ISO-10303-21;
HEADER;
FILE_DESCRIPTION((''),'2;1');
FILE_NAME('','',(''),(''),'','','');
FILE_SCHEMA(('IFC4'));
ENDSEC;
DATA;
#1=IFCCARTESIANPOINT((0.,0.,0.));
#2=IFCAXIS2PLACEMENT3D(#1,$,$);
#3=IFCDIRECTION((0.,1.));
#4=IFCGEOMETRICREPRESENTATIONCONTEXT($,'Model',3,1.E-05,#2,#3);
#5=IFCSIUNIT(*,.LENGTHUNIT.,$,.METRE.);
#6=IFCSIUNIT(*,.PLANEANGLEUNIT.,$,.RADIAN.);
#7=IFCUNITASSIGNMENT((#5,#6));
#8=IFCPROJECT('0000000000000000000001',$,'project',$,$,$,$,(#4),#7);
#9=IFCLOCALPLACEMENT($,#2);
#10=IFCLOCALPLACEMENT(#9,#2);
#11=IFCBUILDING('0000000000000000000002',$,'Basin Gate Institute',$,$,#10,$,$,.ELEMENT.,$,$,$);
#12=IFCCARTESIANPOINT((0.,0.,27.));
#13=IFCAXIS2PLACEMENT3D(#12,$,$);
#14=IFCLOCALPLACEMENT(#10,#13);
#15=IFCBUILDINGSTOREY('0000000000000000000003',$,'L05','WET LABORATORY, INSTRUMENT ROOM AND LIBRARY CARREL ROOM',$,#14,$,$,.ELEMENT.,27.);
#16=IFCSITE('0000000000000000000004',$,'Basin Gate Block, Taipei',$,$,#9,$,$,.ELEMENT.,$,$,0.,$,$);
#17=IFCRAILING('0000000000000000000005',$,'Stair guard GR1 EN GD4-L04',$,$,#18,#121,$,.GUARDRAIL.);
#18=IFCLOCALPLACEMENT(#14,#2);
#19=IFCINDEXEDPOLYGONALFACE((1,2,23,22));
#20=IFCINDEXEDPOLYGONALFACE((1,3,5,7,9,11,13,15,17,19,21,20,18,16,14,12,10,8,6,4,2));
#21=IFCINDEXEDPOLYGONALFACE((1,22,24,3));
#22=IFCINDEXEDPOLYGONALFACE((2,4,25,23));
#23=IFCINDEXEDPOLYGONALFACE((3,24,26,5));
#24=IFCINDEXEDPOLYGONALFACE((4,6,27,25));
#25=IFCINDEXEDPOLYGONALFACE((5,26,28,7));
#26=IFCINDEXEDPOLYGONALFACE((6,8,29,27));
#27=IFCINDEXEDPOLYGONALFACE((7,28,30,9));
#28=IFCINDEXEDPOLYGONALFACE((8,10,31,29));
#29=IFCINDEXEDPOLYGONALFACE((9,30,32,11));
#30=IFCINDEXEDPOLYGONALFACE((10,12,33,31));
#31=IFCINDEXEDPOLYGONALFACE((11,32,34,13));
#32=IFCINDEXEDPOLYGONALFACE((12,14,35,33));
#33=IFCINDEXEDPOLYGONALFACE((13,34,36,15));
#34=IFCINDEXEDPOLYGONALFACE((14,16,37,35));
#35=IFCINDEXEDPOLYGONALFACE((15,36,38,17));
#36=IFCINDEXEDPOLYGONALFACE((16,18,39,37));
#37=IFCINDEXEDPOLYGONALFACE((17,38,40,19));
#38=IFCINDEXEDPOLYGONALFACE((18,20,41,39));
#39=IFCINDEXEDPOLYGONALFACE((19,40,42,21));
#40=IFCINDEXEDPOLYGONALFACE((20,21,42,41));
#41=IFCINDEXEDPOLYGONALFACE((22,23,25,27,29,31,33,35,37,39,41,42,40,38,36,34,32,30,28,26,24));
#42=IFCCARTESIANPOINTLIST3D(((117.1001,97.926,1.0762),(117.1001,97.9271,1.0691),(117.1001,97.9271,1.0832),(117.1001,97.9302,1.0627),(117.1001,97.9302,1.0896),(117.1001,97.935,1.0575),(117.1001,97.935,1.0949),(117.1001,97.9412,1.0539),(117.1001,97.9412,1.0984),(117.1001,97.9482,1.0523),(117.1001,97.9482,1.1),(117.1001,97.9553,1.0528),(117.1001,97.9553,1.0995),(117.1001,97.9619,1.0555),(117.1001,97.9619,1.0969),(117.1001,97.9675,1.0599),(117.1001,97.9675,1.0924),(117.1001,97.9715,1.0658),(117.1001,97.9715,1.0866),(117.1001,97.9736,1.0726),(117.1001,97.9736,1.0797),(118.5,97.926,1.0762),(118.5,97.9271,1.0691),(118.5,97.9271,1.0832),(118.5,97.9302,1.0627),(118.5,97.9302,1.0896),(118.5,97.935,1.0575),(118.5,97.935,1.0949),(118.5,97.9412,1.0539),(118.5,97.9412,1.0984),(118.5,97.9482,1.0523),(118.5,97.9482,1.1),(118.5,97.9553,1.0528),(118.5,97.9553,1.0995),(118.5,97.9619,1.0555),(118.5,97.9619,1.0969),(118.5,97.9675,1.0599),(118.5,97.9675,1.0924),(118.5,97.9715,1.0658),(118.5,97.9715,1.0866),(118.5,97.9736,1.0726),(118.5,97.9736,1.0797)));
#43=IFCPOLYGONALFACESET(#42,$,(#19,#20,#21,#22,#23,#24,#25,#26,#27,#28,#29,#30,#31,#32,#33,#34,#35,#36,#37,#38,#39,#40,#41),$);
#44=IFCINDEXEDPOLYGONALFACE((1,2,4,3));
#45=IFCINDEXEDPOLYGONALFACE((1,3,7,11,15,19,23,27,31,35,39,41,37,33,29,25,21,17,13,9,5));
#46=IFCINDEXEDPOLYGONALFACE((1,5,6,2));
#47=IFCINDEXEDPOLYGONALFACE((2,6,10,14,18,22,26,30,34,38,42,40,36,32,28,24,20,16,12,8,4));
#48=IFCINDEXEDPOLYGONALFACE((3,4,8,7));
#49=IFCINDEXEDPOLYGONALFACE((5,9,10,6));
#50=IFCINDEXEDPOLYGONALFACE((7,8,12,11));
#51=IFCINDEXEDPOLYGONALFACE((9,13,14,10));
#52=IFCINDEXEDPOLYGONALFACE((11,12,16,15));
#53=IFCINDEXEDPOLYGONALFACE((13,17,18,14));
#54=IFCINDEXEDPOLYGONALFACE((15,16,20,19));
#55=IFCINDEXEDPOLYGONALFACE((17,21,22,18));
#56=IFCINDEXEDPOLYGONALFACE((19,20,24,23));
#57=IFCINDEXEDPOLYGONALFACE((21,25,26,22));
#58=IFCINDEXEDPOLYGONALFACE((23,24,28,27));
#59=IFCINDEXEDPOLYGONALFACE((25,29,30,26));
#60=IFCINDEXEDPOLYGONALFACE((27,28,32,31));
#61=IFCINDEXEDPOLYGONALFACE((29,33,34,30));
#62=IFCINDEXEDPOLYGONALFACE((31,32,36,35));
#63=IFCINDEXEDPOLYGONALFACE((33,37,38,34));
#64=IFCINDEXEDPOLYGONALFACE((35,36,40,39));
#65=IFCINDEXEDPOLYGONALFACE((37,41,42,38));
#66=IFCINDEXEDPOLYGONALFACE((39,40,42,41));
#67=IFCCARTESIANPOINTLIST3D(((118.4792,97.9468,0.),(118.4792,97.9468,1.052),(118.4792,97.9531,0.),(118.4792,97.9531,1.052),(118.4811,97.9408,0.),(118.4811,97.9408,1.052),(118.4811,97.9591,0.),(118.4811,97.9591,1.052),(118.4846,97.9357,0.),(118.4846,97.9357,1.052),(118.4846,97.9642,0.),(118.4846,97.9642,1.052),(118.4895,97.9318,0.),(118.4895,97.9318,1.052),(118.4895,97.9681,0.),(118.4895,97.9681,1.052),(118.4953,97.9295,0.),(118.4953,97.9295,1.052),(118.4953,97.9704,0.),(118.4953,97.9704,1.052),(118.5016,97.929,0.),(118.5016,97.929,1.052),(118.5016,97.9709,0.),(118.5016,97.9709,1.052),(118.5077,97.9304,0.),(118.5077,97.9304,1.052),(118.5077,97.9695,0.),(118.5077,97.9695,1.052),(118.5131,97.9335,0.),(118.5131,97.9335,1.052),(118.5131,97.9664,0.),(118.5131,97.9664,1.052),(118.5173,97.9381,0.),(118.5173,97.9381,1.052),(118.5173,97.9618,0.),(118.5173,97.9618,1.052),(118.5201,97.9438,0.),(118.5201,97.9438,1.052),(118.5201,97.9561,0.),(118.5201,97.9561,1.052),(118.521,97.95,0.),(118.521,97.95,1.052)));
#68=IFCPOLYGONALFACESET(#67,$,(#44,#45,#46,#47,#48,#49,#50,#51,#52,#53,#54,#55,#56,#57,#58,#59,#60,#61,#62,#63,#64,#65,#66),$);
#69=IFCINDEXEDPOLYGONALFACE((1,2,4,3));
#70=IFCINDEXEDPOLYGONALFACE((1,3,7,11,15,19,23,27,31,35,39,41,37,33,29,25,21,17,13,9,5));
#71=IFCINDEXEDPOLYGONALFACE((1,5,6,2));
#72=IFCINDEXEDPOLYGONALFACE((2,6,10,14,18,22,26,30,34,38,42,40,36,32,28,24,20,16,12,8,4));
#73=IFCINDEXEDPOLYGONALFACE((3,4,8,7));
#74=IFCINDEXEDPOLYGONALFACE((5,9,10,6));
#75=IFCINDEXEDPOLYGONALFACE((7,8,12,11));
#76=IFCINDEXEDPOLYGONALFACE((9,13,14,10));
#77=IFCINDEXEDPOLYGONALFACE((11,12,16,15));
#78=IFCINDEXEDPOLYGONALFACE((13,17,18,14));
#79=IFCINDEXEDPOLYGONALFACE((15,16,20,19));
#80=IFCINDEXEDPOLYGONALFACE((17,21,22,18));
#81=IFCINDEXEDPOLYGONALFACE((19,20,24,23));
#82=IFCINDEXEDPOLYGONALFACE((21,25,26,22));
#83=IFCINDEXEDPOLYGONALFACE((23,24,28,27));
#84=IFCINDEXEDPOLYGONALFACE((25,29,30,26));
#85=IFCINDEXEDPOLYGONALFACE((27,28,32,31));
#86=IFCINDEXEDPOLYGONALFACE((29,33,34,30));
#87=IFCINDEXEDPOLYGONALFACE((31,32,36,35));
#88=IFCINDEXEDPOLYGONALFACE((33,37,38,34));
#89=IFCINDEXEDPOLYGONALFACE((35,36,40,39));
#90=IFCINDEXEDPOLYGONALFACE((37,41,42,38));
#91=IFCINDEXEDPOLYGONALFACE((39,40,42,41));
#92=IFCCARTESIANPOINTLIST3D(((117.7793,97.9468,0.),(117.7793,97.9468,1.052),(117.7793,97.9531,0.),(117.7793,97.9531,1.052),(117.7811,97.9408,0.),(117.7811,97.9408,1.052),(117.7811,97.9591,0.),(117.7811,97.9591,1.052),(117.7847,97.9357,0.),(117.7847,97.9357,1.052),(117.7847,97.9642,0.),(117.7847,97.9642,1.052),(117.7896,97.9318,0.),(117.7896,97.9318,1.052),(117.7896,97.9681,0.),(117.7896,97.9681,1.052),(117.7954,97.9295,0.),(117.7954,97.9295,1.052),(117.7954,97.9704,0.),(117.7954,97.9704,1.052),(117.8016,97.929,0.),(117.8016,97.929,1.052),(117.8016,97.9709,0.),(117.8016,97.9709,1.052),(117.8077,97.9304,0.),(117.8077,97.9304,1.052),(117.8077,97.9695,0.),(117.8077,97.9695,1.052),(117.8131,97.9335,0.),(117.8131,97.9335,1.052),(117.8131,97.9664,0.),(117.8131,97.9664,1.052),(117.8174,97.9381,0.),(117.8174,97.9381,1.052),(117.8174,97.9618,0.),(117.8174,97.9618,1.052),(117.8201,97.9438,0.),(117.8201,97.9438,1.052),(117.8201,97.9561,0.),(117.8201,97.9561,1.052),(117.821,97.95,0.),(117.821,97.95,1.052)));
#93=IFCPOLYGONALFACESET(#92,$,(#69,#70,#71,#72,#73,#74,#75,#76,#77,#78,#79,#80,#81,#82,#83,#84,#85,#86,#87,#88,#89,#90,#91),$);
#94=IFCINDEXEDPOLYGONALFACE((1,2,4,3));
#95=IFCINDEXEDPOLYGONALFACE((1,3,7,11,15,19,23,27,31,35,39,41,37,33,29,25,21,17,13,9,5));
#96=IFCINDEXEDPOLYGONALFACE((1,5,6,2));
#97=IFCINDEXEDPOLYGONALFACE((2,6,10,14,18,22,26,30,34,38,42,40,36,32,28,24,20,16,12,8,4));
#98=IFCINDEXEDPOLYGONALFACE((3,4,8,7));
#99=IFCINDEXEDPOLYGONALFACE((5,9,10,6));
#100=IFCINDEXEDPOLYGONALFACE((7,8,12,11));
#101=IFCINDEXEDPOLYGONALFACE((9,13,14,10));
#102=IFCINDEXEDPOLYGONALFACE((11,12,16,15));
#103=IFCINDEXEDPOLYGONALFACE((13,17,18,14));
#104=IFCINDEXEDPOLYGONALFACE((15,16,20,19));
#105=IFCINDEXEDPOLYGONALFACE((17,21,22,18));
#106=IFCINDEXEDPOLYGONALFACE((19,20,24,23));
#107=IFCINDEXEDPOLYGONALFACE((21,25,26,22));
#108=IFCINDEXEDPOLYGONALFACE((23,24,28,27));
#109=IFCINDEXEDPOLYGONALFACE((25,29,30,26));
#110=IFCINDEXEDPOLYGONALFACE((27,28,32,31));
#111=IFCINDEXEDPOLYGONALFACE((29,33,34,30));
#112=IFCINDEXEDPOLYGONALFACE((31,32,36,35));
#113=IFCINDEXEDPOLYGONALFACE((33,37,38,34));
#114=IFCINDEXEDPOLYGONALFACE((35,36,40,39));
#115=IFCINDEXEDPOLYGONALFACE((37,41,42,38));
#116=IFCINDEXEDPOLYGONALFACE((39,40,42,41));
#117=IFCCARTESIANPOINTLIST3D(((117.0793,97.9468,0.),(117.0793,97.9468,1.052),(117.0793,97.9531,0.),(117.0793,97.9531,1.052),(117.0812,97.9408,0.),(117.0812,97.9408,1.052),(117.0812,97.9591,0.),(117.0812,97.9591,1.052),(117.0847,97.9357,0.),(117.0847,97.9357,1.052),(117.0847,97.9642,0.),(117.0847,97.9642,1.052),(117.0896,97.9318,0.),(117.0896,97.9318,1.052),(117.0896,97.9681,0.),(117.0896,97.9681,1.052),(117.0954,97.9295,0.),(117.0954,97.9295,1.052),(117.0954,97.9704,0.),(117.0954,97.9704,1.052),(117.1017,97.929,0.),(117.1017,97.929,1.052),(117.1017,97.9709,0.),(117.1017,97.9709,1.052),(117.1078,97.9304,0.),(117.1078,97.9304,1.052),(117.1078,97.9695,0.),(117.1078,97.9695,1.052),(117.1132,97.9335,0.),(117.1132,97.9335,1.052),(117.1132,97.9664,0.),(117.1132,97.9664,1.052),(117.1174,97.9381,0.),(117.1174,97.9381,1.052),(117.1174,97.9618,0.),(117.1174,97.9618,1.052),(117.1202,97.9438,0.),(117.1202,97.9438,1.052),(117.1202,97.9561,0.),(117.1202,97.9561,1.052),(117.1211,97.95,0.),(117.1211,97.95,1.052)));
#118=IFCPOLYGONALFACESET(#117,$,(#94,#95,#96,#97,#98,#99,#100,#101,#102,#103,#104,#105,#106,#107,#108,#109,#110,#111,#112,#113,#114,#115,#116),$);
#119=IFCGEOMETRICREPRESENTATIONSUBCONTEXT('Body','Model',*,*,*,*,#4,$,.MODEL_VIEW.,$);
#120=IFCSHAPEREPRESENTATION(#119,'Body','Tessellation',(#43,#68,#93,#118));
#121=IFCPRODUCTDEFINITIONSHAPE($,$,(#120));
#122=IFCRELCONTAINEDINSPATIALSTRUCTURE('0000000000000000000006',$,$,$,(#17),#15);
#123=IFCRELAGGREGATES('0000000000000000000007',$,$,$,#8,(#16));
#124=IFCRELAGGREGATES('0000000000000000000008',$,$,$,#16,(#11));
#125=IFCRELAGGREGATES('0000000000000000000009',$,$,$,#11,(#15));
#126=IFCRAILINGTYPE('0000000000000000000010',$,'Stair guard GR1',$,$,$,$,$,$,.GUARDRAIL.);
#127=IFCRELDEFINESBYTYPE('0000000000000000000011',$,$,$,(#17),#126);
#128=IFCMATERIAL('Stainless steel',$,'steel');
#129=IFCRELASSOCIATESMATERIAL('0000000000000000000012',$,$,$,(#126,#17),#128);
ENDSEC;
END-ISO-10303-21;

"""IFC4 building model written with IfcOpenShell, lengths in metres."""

from ifc_helpers import new_model, si_unit, direction, frame, origin, origin_2d, place, context, subcontext, project, spatial, circle, extrude, material, type_object, element, save


model = new_model("IFC4")

# Units and contexts
model_context = context("Model", 3, precision=1e-05, world=origin(), true_north=direction((0.0, 1.0)))
body_context = subcontext(model_context, "Body", "Model", "MODEL_VIEW")
ifc_project = project(units=[si_unit("LENGTHUNIT", "METRE"), si_unit("PLANEANGLEUNIT", "RADIAN")], contexts=[model_context])

# Site, building, storey
site_placement = place(None, origin())
site = spatial("IfcSite", under=ifc_project, at=site_placement, Name="Basin Gate Block, Taipei", CompositionType="ELEMENT", RefElevation=0.0)
building_placement = place(site_placement, origin())
building = spatial("IfcBuilding", under=site, at=building_placement, Name="Basin Gate Institute", CompositionType="ELEMENT")
storey_placement = place(building_placement, frame((0.0, 0.0, 27.0)))
storey = spatial("IfcBuildingStorey", under=building, at=storey_placement, Name="L05", Description="WET LABORATORY, INSTRUMENT ROOM AND LIBRARY CARREL ROOM", CompositionType="ELEMENT", Elevation=27.0)

# Railing
ifc_material_1 = material(Name="Stainless steel", Category="steel")
railing_type_1 = type_object("IfcRailingType", Name="Stair guard GR1", PredefinedType="GUARDRAIL", material=ifc_material_1)
railing_1_placement = place(storey_placement, frame((118.5, 97.95, 0.0)))
element("IfcRailing", 1, at=railing_1_placement, inside=storey, type_object=railing_type_1, material=ifc_material_1, Name="Stair guard GR1 EN GD4-L04", PredefinedType="GUARDRAIL", context=body_context, shape_type="SweptSolid", body=[
    extrude(circle(Radius=0.0239, at=origin_2d()), frame((0.0, 0.0, 1.0762), z_axis=(-1.0, 0.0, 0.0), x_axis=(0.0, -1.0, 0.0)), (0.0, 0.0, 1.0), 1.3999),
    extrude(circle(Radius=0.021, at=origin_2d()), origin(), (0.0, 0.0, 1.0), 1.052),
    extrude(circle(Radius=0.021, at=origin_2d()), frame((-0.7, 0.0, 0.0)), (0.0, 0.0, 1.0), 1.052),
    extrude(circle(Radius=0.021, at=origin_2d()), frame((-1.3999, 0.0, 0.0)), (0.0, 0.0, 1.0), 1.052),
])

save(model, "model.ifc")
